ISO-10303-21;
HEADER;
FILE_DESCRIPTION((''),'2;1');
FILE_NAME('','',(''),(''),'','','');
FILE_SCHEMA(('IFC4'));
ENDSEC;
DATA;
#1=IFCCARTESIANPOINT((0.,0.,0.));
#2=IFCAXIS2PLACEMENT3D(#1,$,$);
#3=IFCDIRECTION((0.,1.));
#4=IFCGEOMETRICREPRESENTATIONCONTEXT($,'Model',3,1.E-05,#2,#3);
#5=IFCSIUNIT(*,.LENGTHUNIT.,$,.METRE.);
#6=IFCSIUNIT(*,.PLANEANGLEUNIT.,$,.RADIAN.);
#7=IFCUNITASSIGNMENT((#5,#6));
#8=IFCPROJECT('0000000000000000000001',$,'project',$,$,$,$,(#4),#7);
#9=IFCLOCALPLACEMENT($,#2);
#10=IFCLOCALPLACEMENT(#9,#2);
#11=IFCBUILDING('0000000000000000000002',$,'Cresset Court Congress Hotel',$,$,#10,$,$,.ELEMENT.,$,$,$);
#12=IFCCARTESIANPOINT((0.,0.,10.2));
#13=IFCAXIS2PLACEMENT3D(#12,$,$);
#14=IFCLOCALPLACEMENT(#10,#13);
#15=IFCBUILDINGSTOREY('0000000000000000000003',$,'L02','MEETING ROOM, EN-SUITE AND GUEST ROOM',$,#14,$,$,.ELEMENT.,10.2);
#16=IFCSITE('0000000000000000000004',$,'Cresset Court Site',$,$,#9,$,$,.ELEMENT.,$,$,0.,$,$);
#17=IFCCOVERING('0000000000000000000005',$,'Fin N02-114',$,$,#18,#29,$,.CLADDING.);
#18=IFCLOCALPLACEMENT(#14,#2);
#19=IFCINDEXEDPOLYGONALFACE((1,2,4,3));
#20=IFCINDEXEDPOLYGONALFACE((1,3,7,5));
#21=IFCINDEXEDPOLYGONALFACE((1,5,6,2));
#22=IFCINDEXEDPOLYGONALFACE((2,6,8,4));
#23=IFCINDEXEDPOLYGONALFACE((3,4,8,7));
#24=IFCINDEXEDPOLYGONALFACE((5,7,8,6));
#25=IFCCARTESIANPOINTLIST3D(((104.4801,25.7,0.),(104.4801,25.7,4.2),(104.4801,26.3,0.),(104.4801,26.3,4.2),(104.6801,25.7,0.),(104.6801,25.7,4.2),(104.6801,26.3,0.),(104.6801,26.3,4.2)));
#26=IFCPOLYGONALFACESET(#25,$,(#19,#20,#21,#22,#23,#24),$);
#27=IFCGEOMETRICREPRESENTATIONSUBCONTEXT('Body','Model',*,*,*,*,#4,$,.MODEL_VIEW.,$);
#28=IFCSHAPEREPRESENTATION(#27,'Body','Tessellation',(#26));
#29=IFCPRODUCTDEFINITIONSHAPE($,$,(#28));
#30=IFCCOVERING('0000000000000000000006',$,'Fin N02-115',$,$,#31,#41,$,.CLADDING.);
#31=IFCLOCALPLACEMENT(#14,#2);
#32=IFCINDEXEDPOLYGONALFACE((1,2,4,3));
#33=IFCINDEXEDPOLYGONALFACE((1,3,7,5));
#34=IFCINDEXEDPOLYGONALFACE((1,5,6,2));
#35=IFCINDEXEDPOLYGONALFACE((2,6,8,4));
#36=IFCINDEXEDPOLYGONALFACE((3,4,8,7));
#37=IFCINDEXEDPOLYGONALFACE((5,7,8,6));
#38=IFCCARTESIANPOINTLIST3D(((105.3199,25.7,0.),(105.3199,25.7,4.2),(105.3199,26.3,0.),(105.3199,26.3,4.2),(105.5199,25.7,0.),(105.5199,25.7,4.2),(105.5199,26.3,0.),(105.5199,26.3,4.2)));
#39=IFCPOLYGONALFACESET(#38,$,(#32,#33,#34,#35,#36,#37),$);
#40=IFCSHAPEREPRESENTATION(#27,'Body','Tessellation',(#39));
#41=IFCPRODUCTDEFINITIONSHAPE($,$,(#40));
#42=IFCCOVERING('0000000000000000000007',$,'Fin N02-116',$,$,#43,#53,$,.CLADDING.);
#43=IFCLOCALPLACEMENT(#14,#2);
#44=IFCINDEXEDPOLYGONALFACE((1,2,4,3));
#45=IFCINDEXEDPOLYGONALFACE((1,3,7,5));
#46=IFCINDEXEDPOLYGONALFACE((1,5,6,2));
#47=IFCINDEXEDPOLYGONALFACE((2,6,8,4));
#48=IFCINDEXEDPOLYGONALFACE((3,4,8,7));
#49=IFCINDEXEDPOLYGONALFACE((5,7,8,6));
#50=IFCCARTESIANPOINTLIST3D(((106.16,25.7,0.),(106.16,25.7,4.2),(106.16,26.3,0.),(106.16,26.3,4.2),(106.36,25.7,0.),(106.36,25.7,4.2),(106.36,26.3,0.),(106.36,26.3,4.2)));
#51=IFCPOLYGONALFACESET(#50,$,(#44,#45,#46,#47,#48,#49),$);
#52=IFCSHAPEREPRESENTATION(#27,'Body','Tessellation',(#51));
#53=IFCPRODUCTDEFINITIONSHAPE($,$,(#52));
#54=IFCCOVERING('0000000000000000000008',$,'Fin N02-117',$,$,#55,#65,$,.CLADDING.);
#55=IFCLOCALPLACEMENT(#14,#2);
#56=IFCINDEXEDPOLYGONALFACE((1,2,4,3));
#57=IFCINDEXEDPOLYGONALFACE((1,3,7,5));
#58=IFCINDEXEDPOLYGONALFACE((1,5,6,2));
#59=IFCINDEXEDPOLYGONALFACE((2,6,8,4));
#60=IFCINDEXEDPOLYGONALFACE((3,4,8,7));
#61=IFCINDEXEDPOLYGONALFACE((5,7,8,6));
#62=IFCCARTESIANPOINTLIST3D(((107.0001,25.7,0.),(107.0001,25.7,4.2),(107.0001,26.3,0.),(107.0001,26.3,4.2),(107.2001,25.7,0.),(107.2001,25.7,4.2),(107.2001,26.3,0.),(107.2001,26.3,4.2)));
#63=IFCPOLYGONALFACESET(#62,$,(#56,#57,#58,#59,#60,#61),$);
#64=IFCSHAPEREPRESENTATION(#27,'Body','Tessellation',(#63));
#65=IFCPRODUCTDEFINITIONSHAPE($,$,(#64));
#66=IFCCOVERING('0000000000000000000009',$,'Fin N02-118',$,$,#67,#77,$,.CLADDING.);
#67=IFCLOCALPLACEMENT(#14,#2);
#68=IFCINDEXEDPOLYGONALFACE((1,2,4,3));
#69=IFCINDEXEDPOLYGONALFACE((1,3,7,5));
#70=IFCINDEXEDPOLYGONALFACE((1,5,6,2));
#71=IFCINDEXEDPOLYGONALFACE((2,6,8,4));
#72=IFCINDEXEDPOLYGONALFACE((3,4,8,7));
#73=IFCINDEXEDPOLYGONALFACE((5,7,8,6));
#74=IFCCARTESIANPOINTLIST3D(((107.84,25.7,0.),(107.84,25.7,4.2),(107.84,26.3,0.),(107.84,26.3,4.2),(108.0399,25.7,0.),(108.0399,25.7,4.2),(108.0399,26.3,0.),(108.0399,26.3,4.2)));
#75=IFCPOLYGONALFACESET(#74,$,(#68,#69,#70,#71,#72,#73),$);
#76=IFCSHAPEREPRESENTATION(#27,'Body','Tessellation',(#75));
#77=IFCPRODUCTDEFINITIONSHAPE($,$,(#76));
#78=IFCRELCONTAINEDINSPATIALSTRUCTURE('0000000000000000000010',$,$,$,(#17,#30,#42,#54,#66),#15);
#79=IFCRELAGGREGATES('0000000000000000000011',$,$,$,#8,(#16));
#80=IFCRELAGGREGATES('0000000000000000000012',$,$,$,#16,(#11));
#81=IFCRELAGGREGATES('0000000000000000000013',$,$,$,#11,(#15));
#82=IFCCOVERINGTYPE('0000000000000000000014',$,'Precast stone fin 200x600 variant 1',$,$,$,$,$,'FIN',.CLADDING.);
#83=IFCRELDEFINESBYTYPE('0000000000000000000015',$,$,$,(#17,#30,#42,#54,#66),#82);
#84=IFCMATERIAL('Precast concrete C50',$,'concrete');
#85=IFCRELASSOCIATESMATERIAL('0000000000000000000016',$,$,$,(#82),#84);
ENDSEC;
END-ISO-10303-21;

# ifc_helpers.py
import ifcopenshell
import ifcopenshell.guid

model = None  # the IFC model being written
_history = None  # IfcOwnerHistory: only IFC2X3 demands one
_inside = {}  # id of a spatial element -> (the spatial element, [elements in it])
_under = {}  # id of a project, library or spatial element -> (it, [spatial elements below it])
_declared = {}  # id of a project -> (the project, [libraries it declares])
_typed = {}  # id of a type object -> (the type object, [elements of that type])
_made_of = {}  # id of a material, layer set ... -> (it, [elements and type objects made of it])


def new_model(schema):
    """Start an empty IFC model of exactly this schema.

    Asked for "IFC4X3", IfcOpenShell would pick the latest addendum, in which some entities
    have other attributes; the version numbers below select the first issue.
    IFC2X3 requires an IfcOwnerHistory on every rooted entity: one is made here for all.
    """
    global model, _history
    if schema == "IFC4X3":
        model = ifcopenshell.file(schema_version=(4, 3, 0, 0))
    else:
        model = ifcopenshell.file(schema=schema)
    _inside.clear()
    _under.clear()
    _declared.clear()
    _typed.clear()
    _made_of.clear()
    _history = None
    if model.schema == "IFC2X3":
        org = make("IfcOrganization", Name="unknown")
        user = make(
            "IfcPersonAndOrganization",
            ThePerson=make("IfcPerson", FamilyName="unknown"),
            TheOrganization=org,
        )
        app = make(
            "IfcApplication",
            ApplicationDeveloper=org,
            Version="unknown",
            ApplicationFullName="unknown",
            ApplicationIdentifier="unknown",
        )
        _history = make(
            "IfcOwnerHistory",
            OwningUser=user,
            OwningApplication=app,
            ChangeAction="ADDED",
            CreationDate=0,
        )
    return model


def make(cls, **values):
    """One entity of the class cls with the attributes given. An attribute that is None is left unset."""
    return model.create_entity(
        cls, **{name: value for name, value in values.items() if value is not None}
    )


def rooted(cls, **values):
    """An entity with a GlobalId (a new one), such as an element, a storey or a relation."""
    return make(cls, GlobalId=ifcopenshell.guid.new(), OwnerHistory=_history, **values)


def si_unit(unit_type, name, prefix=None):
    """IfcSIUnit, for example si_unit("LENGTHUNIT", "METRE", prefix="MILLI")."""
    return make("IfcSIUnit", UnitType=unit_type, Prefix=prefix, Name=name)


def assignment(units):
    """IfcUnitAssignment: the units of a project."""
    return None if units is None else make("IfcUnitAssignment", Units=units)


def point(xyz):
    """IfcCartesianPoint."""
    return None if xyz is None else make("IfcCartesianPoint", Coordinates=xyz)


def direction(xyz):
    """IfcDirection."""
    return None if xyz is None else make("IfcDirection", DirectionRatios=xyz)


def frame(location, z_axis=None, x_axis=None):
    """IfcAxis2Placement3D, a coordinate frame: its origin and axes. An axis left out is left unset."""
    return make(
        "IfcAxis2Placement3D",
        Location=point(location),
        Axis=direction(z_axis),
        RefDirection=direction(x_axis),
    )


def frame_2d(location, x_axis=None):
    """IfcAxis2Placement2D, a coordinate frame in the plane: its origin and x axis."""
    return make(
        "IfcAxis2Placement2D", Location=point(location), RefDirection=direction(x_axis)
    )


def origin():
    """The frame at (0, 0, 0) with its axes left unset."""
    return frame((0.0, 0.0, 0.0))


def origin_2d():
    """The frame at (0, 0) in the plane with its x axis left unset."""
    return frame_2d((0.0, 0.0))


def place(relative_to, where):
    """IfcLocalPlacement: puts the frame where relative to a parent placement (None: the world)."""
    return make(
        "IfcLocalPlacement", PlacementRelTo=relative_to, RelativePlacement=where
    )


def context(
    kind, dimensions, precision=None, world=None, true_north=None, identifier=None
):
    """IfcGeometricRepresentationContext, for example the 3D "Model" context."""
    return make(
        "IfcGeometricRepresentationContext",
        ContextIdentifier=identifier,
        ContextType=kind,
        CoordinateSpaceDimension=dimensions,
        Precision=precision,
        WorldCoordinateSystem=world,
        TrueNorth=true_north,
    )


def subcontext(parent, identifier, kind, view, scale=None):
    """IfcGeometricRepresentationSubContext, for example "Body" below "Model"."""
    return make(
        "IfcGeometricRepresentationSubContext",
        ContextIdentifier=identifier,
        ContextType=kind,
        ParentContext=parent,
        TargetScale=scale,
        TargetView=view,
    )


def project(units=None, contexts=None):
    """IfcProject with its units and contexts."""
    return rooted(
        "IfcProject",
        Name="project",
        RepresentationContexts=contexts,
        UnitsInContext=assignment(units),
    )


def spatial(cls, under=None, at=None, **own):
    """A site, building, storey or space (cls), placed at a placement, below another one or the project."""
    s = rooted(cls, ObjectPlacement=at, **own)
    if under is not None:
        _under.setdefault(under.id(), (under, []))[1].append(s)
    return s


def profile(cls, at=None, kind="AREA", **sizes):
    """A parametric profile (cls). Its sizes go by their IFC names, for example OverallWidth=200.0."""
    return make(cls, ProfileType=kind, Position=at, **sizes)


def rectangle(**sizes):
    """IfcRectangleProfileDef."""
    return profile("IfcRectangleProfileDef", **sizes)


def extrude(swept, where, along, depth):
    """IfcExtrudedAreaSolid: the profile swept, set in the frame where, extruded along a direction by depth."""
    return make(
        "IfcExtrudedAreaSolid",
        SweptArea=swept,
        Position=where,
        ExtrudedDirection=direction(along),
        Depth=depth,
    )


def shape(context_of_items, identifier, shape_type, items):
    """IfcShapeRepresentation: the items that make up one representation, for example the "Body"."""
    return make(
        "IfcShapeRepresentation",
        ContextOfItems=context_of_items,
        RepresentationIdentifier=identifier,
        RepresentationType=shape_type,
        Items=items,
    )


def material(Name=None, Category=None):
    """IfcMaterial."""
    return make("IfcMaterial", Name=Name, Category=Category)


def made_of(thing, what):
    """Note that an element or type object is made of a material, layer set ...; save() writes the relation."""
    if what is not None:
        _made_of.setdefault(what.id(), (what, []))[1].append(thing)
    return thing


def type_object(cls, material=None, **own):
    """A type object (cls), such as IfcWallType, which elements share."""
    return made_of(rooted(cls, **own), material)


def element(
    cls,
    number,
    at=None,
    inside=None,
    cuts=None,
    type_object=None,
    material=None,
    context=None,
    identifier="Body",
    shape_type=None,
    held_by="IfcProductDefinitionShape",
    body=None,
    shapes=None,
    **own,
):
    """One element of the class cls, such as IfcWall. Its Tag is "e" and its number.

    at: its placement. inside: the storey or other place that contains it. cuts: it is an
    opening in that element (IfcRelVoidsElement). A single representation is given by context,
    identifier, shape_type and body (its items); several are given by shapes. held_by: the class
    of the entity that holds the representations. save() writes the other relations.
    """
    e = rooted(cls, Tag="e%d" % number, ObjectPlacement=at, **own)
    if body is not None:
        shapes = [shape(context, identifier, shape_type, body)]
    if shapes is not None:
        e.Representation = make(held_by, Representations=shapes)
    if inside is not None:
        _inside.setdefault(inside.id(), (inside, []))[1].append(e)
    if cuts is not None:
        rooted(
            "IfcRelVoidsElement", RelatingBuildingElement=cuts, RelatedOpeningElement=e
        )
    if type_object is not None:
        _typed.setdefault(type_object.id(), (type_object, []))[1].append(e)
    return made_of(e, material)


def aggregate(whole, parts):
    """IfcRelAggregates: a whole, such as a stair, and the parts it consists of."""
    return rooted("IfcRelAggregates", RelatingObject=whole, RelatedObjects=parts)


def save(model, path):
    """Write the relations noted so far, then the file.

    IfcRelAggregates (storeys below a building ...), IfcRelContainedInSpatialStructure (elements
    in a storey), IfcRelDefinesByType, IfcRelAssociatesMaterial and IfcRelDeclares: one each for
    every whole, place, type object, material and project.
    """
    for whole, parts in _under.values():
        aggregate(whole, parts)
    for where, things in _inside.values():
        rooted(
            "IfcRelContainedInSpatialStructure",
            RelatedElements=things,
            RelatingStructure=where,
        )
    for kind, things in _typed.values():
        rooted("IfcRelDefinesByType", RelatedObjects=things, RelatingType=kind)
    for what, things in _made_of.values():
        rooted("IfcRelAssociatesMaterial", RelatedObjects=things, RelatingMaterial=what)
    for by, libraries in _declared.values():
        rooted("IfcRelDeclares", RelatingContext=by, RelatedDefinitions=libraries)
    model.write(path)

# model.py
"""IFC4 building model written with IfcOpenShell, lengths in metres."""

from ifc_helpers import new_model, si_unit, direction, frame, origin, origin_2d, place, context, subcontext, project, spatial, rectangle, extrude, material, type_object, element, save


model = new_model("IFC4")

# Units and contexts
model_context = context("Model", 3, precision=1e-05, world=origin(), true_north=direction((0.0, 1.0)))
body_context = subcontext(model_context, "Body", "Model", "MODEL_VIEW")
ifc_project = project(units=[si_unit("LENGTHUNIT", "METRE"), si_unit("PLANEANGLEUNIT", "RADIAN")], contexts=[model_context])

# Site, building, storey
site_placement = place(None, origin())
site = spatial("IfcSite", under=ifc_project, at=site_placement, Name="Cresset Court Site", CompositionType="ELEMENT", RefElevation=0.0)
building_placement = place(site_placement, origin())
building = spatial("IfcBuilding", under=site, at=building_placement, Name="Cresset Court Congress Hotel", CompositionType="ELEMENT")
storey_placement = place(building_placement, frame((0.0, 0.0, 10.2)))
storey = spatial("IfcBuildingStorey", under=building, at=storey_placement, Name="L02", Description="MEETING ROOM, EN-SUITE AND GUEST ROOM", CompositionType="ELEMENT", Elevation=10.2)

# Coverings
ifc_material_1 = material(Name="Precast concrete C50", Category="concrete")
covering_type = type_object("IfcCoveringType", Name="Precast stone fin 200x600 variant 1", ElementType="FIN", PredefinedType="CLADDING", material=ifc_material_1)
for number, where, z_axis, x_axis, name in (
    (1, (104.5801, 26.0, 0.0), (0.0, 0.0, 1.0), (1.0, 0.0, 0.0), "Fin N02-114"),
    (2, (105.4199, 26.0, 0.0), (0.0, 0.0, 1.0), (1.0, 0.0, 0.0), "Fin N02-115"),
    (3, (106.26, 26.0, 0.0), (0.0, 0.0, 1.0), (1.0, 0.0, 0.0), "Fin N02-116"),
    (4, (107.1001, 26.0, 0.0), (0.0, 0.0, 1.0), (1.0, 0.0, 0.0), "Fin N02-117"),
    (5, (107.9399, 26.0, 0.0), (0.0, 0.0, 1.0), (1.0, 0.0, 0.0), "Fin N02-118"),
):
    element("IfcCovering", number, at=place(storey_placement, frame(where, z_axis=z_axis, x_axis=x_axis)), inside=storey, type_object=covering_type, Name=name, PredefinedType="CLADDING", context=body_context, shape_type="SweptSolid", body=[
        extrude(rectangle(XDim=0.2, YDim=0.6001, at=origin_2d()), origin(), (0.0, 0.0, 1.0), 4.2),
    ])

save(model, "model.ifc")
